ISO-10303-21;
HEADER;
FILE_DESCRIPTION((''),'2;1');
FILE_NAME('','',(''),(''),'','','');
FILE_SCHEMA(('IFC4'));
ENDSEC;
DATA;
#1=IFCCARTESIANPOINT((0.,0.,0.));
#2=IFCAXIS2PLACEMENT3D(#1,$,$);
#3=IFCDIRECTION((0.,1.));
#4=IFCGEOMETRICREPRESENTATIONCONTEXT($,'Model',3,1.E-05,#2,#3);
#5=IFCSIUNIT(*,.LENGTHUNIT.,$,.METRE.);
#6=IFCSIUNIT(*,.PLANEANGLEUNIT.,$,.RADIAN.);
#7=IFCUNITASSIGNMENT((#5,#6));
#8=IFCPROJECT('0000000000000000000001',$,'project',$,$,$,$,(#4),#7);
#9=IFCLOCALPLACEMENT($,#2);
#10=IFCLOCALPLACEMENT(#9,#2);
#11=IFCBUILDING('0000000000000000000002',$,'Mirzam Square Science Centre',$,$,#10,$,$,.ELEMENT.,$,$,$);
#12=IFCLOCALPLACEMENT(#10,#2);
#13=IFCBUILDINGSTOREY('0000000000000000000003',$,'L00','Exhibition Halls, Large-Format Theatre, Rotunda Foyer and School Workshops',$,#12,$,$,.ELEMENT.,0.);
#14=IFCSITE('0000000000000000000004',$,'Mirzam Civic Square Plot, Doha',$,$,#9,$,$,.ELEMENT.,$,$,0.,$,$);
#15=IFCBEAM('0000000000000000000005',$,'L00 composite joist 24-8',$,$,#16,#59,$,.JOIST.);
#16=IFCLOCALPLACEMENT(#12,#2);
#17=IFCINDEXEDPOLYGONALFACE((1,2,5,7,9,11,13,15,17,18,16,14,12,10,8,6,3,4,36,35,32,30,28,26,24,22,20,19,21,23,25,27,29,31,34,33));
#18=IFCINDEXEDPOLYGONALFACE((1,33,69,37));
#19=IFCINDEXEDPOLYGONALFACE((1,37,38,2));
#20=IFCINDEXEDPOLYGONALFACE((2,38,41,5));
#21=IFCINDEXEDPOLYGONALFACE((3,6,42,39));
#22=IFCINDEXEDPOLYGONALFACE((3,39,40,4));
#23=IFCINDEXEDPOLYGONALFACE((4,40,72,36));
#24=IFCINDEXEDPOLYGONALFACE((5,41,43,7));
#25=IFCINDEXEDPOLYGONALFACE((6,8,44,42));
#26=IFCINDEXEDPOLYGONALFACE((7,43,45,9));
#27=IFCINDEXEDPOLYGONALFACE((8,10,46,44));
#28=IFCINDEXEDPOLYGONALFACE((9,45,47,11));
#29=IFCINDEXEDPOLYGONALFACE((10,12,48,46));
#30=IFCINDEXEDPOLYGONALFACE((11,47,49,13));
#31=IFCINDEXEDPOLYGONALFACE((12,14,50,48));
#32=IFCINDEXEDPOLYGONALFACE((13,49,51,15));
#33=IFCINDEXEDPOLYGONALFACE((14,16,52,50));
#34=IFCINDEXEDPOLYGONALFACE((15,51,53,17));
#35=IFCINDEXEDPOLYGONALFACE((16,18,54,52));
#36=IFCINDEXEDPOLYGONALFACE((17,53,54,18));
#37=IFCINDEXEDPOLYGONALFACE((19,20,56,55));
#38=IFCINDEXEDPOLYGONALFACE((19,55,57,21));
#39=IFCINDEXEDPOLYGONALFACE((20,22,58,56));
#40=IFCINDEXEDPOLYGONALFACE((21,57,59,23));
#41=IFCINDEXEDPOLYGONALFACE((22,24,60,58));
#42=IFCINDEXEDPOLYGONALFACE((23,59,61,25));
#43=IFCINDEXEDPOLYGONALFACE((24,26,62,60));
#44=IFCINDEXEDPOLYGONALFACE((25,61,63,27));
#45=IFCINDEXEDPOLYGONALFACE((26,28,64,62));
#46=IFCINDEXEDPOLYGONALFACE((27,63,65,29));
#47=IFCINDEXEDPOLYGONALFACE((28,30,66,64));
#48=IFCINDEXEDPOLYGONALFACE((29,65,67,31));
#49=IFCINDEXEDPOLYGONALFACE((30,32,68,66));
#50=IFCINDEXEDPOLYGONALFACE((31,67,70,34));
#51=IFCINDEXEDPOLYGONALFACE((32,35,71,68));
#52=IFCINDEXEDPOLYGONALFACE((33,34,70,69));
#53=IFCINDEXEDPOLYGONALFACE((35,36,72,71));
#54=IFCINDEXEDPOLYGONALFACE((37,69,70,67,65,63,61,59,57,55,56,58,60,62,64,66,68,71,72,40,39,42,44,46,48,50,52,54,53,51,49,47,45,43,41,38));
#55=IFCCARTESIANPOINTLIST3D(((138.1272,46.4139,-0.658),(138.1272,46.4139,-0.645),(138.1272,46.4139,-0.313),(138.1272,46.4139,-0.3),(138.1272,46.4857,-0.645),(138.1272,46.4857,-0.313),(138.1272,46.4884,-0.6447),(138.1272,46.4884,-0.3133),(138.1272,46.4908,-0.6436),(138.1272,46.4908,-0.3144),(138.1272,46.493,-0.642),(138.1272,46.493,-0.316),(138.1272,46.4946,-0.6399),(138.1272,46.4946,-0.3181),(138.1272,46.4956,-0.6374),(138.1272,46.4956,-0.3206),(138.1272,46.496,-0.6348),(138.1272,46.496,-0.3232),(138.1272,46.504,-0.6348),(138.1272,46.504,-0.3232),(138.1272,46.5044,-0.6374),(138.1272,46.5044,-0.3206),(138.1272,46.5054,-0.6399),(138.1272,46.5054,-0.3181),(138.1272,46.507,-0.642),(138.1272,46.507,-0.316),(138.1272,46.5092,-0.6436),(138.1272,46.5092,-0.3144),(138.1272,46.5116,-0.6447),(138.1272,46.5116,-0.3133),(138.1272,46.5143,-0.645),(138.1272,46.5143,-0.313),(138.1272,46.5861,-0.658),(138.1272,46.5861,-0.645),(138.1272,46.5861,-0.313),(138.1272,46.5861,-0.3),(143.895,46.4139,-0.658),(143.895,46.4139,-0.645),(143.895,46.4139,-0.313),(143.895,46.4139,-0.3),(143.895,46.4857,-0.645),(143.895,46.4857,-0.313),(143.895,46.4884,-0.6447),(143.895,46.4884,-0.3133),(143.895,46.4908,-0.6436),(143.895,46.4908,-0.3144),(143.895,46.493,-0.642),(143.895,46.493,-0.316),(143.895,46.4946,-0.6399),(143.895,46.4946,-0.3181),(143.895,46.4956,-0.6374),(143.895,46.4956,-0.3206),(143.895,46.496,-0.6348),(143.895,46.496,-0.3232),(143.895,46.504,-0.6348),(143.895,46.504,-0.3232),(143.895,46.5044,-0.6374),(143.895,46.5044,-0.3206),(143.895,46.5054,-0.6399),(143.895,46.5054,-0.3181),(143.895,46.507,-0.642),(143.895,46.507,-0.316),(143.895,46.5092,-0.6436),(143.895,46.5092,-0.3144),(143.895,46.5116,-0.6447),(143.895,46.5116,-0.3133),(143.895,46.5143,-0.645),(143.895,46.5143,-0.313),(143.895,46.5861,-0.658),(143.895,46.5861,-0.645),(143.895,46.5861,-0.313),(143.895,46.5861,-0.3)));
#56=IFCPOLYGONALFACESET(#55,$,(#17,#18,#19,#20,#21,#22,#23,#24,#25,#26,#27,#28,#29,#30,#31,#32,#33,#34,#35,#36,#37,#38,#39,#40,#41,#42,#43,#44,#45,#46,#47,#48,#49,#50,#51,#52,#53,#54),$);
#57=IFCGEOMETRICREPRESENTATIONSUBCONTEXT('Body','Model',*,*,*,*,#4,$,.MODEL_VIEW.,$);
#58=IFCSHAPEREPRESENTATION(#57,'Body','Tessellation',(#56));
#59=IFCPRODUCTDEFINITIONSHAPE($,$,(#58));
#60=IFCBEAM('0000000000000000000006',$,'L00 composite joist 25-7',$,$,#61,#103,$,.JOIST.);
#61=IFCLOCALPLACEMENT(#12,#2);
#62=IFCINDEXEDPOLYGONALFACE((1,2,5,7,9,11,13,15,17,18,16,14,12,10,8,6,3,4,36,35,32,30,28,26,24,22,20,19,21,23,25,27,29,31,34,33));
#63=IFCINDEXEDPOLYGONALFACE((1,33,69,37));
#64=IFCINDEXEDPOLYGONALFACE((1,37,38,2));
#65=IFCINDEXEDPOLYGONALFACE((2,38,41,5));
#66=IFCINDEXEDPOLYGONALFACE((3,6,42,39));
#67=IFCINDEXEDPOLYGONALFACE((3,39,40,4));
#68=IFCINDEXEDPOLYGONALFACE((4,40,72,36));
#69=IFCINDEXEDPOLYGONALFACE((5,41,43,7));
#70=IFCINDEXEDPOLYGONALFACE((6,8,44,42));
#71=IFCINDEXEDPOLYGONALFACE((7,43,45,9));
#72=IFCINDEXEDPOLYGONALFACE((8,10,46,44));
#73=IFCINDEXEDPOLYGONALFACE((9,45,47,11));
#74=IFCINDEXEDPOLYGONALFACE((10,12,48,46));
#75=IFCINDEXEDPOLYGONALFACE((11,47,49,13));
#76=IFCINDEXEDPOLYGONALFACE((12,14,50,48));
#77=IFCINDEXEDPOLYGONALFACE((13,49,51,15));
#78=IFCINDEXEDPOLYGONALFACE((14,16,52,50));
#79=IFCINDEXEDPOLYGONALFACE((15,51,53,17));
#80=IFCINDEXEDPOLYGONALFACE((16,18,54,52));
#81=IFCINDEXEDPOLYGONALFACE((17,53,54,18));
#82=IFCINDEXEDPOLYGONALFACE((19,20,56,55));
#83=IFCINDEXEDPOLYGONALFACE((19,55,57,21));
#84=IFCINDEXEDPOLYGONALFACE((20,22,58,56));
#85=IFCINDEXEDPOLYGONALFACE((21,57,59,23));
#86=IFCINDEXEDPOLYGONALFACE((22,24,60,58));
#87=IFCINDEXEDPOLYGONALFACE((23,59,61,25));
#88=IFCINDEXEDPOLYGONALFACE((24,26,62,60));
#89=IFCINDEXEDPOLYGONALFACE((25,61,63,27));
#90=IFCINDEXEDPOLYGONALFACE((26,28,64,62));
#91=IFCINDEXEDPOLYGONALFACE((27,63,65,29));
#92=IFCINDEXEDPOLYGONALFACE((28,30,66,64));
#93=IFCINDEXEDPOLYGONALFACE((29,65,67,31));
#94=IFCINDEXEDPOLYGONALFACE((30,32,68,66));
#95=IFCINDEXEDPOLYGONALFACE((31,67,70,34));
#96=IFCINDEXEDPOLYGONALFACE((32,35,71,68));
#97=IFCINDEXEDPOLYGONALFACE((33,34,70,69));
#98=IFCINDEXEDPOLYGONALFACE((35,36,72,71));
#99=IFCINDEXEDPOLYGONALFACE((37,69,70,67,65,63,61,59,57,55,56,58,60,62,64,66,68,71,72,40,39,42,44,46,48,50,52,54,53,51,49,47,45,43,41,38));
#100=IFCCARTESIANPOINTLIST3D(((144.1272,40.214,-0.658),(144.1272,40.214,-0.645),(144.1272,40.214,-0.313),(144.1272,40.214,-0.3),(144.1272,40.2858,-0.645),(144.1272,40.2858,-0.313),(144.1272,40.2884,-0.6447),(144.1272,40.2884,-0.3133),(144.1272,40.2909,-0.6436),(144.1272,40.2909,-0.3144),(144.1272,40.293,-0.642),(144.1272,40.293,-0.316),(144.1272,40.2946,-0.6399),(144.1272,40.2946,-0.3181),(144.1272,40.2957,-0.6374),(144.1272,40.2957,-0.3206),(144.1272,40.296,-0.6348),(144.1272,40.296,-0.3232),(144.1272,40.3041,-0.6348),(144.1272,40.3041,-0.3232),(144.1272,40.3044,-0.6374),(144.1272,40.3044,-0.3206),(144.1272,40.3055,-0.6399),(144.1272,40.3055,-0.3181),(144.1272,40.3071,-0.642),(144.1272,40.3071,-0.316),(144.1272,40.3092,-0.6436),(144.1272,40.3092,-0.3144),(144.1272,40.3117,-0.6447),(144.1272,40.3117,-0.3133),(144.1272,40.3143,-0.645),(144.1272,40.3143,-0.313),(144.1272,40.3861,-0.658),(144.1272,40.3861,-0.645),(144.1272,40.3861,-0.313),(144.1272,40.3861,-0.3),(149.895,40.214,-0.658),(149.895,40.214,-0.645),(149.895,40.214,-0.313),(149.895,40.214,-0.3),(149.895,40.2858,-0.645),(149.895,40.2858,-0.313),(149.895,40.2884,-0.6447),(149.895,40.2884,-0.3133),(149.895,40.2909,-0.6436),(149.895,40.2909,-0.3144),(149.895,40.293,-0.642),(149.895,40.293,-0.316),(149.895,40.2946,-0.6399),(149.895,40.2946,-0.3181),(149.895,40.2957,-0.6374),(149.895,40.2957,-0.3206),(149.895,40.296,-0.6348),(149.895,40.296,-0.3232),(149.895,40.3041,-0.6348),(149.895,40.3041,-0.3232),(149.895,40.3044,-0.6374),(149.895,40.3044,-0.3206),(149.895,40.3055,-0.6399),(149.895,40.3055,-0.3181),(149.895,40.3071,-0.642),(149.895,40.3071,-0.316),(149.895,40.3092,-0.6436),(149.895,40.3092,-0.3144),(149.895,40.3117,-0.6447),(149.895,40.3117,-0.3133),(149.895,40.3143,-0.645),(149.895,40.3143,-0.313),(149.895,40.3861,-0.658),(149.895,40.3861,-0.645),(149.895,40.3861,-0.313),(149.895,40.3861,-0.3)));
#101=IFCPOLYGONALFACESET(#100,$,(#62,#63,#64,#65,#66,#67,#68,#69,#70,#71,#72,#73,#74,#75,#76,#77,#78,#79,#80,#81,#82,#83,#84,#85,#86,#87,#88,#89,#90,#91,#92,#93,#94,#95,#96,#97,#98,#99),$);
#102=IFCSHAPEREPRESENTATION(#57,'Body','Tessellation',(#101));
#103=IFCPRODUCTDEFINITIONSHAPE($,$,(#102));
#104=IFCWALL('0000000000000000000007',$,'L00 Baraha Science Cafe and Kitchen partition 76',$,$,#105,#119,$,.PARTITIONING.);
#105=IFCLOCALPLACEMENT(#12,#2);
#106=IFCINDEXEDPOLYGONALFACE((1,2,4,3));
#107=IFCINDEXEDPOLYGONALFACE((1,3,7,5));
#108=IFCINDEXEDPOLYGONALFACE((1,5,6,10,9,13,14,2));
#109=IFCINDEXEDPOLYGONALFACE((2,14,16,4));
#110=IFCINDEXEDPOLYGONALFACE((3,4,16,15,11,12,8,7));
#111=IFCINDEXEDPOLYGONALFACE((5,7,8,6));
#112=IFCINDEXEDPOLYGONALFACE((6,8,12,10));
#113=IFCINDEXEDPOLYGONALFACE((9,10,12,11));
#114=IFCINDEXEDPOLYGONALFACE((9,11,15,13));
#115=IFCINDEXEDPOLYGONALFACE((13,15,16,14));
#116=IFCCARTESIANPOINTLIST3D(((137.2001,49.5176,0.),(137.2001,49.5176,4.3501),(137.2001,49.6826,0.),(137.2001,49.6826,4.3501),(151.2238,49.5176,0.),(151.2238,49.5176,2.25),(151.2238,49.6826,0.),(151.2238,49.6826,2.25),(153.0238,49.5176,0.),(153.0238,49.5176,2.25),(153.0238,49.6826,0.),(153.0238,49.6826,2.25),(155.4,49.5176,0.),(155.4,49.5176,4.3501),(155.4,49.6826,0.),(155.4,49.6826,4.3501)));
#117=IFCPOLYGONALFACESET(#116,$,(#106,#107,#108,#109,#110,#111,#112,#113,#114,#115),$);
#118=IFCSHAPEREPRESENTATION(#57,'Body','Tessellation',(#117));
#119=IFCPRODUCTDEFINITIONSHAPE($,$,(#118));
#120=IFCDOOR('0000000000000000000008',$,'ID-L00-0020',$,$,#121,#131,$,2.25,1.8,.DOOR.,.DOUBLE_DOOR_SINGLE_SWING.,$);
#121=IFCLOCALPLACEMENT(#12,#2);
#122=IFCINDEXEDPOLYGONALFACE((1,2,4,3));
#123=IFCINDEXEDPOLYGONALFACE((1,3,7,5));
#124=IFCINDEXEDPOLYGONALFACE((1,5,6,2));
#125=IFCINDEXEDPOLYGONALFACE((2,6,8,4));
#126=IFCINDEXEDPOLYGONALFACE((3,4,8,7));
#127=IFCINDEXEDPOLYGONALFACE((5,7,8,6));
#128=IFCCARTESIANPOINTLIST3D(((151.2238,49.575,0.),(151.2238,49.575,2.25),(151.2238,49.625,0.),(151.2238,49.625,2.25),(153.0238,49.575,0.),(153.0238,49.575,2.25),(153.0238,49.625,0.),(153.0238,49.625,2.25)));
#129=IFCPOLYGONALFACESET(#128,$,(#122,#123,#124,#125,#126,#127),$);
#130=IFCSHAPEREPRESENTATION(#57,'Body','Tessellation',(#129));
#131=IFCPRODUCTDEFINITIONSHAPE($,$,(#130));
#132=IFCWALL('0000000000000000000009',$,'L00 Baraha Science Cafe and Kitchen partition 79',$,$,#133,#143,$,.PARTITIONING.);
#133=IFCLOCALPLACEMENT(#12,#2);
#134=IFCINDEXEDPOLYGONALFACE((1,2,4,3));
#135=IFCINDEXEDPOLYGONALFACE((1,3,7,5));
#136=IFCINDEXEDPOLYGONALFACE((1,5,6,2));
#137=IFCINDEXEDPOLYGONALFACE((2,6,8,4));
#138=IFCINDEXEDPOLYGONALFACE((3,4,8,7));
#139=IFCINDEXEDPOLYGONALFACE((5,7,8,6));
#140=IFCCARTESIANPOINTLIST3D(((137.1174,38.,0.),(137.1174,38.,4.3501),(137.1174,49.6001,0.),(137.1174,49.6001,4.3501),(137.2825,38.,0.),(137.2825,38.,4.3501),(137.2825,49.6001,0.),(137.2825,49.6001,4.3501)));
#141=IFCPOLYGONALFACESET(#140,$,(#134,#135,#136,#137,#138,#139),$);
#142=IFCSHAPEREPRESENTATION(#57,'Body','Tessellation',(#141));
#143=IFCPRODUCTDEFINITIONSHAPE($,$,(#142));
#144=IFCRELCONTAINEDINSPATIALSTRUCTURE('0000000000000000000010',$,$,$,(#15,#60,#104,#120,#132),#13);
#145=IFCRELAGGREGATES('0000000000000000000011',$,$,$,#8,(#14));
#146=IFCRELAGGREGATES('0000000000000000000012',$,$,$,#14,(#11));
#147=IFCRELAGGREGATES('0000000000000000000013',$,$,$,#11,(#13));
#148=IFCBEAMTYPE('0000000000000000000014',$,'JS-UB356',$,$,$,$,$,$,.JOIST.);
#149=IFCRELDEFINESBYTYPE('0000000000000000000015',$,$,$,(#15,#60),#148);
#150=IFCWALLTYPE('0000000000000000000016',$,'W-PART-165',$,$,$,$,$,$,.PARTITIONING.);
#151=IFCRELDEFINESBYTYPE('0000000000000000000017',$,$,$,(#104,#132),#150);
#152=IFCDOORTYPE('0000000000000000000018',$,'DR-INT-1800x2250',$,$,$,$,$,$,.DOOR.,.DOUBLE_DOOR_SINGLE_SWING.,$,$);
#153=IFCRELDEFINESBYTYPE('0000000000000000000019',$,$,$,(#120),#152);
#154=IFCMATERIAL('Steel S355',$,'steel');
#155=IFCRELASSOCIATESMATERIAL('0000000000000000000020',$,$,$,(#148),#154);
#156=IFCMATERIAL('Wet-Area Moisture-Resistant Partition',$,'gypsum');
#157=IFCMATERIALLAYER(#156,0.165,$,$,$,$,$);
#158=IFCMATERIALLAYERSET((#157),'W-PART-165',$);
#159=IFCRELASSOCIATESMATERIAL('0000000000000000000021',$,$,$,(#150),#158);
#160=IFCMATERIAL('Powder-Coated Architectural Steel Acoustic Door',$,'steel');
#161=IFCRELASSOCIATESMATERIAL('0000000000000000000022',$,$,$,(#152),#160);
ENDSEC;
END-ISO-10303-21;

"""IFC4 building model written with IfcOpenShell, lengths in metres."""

from ifc_helpers import new_model, si_unit, direction, frame, frame_2d, origin, origin_2d, place, context, subcontext, project, spatial, rectangle, i_section, extrude, material, layer, layer_set, material_profile, profile_set, type_object, element, fill, save


model = new_model("IFC4")

# Units and contexts
model_context = context("Model", 3, precision=1e-05, world=origin(), true_north=direction((0.0, 1.0)))
body_context = subcontext(model_context, "Body", "Model", "MODEL_VIEW")
ifc_project = project(units=[si_unit("LENGTHUNIT", "METRE"), si_unit("PLANEANGLEUNIT", "RADIAN")], contexts=[model_context])

# Site, building, storey
site_placement = place(None, origin())
site = spatial("IfcSite", under=ifc_project, at=site_placement, Name="Mirzam Civic Square Plot, Doha", CompositionType="ELEMENT", RefElevation=0.0)
building_placement = place(site_placement, origin())
building = spatial("IfcBuilding", under=site, at=building_placement, Name="Mirzam Square Science Centre", CompositionType="ELEMENT")
storey_placement = place(building_placement, origin())
storey = spatial("IfcBuildingStorey", under=building, at=storey_placement, Name="L00", Description="Exhibition Halls, Large-Format Theatre, Rotunda Foyer and School Workshops", CompositionType="ELEMENT", Elevation=0.0)

# Shared definitions
ifc_material_1 = material(Name="Steel S355", Category="steel")

# Beams
ifc_material_profile_1 = material_profile(ifc_material_1, i_section(OverallWidth=0.1721, OverallDepth=0.3579, WebThickness=0.0081, FlangeThickness=0.0129, FilletRadius=0.0103, at=origin_2d()), Name="356x171x57UB")
ifc_profile_set_1 = profile_set([ifc_material_profile_1], Name="Steel S355")
beam_type_1 = type_object("IfcBeamType", Name="JS-UB356", PredefinedType="JOIST", material=ifc_profile_set_1)
for number, where, z_axis, x_axis, name in (
    (1, (138.1272, 46.5, -0.479), (1.0, 0.0, 0.0), (0.0, 1.0, 0.0), "L00 composite joist 24-8"),
    (2, (144.1272, 40.3, -0.479), (1.0, 0.0, 0.0), (0.0, 1.0, 0.0), "L00 composite joist 25-7"),
):
    element("IfcBeam", number, at=place(storey_placement, frame(where, z_axis=z_axis, x_axis=x_axis)), inside=storey, type_object=beam_type_1, Name=name, PredefinedType="JOIST", context=body_context, shape_type="SweptSolid", body=[
        extrude(i_section(OverallWidth=0.1721, OverallDepth=0.3579, WebThickness=0.0081, FlangeThickness=0.0129, FilletRadius=0.0103, at=origin_2d()), origin(), (0.0, 0.0, 1.0), 5.7678),
    ])

# Wall, opening, door
ifc_material_2 = material(Name="Wet-Area Moisture-Resistant Partition", Category="gypsum")
ifc_layer = layer(ifc_material_2, 0.165)
ifc_layer_set = layer_set([ifc_layer], Name="W-PART-165")
wall_type = type_object("IfcWallType", Name="W-PART-165", PredefinedType="PARTITIONING", material=ifc_layer_set)
wall_1_placement = place(storey_placement, frame((137.2, 49.6001, 0.0), z_axis=(0.0, 0.0, 1.0), x_axis=(1.0, 0.0, 0.0)))
wall_1 = element("IfcWall", 3, at=wall_1_placement, inside=storey, type_object=wall_type, Name="L00 Baraha Science Cafe and Kitchen partition 76", PredefinedType="PARTITIONING", context=body_context, shape_type="SweptSolid", body=[
    extrude(rectangle(XDim=18.2, YDim=0.165, at=frame_2d((9.1001, 0.0))), origin(), (0.0, 0.0, 1.0), 4.3501),
])
opening_placement = place(wall_1_placement, frame((14.0239, 0.0, 0.0)))
opening = element("IfcOpeningElement", 4, at=opening_placement, cuts=wall_1, PredefinedType="OPENING", context=body_context, shape_type="SweptSolid", body=[
    extrude(rectangle(XDim=1.8, YDim=2.25, at=frame_2d((0.8999, 1.125))), frame((0.0, 0.0925, 0.0), z_axis=(0.0, -1.0, 0.0), x_axis=(1.0, 0.0, 0.0)), (0.0, 0.0, 1.0), 0.1851),
])
ifc_material_3 = material(Name="Powder-Coated Architectural Steel Acoustic Door", Category="steel")
door_type = type_object("IfcDoorType", Name="DR-INT-1800x2250", OperationType="DOUBLE_DOOR_SINGLE_SWING", PredefinedType="DOOR", material=ifc_material_3)
door_placement = place(opening_placement, origin())
door = element("IfcDoor", 5, at=door_placement, inside=storey, type_object=door_type, Name="ID-L00-0020", OperationType="DOUBLE_DOOR_SINGLE_SWING", OverallHeight=2.25, OverallWidth=1.8, PredefinedType="DOOR", context=body_context, shape_type="SweptSolid", body=[
    extrude(rectangle(XDim=1.8, YDim=2.25, at=frame_2d((0.8999, 1.125))), frame((0.0, 0.0249, 0.0), z_axis=(0.0, -1.0, 0.0), x_axis=(1.0, 0.0, 0.0)), (0.0, 0.0, 1.0), 0.05),
])
fill(opening, door)

# Wall
wall_2_placement = place(storey_placement, frame((137.2, 38.0, 0.0), z_axis=(0.0, 0.0, 1.0), x_axis=(0.0, 1.0, 0.0)))
element("IfcWall", 6, at=wall_2_placement, inside=storey, type_object=wall_type, Name="L00 Baraha Science Cafe and Kitchen partition 79", PredefinedType="PARTITIONING", context=body_context, shape_type="SweptSolid", body=[
    extrude(rectangle(XDim=11.6001, YDim=0.165, at=frame_2d((5.8, 0.0))), origin(), (0.0, 0.0, 1.0), 4.3501),
])

save(model, "model.ifc")
